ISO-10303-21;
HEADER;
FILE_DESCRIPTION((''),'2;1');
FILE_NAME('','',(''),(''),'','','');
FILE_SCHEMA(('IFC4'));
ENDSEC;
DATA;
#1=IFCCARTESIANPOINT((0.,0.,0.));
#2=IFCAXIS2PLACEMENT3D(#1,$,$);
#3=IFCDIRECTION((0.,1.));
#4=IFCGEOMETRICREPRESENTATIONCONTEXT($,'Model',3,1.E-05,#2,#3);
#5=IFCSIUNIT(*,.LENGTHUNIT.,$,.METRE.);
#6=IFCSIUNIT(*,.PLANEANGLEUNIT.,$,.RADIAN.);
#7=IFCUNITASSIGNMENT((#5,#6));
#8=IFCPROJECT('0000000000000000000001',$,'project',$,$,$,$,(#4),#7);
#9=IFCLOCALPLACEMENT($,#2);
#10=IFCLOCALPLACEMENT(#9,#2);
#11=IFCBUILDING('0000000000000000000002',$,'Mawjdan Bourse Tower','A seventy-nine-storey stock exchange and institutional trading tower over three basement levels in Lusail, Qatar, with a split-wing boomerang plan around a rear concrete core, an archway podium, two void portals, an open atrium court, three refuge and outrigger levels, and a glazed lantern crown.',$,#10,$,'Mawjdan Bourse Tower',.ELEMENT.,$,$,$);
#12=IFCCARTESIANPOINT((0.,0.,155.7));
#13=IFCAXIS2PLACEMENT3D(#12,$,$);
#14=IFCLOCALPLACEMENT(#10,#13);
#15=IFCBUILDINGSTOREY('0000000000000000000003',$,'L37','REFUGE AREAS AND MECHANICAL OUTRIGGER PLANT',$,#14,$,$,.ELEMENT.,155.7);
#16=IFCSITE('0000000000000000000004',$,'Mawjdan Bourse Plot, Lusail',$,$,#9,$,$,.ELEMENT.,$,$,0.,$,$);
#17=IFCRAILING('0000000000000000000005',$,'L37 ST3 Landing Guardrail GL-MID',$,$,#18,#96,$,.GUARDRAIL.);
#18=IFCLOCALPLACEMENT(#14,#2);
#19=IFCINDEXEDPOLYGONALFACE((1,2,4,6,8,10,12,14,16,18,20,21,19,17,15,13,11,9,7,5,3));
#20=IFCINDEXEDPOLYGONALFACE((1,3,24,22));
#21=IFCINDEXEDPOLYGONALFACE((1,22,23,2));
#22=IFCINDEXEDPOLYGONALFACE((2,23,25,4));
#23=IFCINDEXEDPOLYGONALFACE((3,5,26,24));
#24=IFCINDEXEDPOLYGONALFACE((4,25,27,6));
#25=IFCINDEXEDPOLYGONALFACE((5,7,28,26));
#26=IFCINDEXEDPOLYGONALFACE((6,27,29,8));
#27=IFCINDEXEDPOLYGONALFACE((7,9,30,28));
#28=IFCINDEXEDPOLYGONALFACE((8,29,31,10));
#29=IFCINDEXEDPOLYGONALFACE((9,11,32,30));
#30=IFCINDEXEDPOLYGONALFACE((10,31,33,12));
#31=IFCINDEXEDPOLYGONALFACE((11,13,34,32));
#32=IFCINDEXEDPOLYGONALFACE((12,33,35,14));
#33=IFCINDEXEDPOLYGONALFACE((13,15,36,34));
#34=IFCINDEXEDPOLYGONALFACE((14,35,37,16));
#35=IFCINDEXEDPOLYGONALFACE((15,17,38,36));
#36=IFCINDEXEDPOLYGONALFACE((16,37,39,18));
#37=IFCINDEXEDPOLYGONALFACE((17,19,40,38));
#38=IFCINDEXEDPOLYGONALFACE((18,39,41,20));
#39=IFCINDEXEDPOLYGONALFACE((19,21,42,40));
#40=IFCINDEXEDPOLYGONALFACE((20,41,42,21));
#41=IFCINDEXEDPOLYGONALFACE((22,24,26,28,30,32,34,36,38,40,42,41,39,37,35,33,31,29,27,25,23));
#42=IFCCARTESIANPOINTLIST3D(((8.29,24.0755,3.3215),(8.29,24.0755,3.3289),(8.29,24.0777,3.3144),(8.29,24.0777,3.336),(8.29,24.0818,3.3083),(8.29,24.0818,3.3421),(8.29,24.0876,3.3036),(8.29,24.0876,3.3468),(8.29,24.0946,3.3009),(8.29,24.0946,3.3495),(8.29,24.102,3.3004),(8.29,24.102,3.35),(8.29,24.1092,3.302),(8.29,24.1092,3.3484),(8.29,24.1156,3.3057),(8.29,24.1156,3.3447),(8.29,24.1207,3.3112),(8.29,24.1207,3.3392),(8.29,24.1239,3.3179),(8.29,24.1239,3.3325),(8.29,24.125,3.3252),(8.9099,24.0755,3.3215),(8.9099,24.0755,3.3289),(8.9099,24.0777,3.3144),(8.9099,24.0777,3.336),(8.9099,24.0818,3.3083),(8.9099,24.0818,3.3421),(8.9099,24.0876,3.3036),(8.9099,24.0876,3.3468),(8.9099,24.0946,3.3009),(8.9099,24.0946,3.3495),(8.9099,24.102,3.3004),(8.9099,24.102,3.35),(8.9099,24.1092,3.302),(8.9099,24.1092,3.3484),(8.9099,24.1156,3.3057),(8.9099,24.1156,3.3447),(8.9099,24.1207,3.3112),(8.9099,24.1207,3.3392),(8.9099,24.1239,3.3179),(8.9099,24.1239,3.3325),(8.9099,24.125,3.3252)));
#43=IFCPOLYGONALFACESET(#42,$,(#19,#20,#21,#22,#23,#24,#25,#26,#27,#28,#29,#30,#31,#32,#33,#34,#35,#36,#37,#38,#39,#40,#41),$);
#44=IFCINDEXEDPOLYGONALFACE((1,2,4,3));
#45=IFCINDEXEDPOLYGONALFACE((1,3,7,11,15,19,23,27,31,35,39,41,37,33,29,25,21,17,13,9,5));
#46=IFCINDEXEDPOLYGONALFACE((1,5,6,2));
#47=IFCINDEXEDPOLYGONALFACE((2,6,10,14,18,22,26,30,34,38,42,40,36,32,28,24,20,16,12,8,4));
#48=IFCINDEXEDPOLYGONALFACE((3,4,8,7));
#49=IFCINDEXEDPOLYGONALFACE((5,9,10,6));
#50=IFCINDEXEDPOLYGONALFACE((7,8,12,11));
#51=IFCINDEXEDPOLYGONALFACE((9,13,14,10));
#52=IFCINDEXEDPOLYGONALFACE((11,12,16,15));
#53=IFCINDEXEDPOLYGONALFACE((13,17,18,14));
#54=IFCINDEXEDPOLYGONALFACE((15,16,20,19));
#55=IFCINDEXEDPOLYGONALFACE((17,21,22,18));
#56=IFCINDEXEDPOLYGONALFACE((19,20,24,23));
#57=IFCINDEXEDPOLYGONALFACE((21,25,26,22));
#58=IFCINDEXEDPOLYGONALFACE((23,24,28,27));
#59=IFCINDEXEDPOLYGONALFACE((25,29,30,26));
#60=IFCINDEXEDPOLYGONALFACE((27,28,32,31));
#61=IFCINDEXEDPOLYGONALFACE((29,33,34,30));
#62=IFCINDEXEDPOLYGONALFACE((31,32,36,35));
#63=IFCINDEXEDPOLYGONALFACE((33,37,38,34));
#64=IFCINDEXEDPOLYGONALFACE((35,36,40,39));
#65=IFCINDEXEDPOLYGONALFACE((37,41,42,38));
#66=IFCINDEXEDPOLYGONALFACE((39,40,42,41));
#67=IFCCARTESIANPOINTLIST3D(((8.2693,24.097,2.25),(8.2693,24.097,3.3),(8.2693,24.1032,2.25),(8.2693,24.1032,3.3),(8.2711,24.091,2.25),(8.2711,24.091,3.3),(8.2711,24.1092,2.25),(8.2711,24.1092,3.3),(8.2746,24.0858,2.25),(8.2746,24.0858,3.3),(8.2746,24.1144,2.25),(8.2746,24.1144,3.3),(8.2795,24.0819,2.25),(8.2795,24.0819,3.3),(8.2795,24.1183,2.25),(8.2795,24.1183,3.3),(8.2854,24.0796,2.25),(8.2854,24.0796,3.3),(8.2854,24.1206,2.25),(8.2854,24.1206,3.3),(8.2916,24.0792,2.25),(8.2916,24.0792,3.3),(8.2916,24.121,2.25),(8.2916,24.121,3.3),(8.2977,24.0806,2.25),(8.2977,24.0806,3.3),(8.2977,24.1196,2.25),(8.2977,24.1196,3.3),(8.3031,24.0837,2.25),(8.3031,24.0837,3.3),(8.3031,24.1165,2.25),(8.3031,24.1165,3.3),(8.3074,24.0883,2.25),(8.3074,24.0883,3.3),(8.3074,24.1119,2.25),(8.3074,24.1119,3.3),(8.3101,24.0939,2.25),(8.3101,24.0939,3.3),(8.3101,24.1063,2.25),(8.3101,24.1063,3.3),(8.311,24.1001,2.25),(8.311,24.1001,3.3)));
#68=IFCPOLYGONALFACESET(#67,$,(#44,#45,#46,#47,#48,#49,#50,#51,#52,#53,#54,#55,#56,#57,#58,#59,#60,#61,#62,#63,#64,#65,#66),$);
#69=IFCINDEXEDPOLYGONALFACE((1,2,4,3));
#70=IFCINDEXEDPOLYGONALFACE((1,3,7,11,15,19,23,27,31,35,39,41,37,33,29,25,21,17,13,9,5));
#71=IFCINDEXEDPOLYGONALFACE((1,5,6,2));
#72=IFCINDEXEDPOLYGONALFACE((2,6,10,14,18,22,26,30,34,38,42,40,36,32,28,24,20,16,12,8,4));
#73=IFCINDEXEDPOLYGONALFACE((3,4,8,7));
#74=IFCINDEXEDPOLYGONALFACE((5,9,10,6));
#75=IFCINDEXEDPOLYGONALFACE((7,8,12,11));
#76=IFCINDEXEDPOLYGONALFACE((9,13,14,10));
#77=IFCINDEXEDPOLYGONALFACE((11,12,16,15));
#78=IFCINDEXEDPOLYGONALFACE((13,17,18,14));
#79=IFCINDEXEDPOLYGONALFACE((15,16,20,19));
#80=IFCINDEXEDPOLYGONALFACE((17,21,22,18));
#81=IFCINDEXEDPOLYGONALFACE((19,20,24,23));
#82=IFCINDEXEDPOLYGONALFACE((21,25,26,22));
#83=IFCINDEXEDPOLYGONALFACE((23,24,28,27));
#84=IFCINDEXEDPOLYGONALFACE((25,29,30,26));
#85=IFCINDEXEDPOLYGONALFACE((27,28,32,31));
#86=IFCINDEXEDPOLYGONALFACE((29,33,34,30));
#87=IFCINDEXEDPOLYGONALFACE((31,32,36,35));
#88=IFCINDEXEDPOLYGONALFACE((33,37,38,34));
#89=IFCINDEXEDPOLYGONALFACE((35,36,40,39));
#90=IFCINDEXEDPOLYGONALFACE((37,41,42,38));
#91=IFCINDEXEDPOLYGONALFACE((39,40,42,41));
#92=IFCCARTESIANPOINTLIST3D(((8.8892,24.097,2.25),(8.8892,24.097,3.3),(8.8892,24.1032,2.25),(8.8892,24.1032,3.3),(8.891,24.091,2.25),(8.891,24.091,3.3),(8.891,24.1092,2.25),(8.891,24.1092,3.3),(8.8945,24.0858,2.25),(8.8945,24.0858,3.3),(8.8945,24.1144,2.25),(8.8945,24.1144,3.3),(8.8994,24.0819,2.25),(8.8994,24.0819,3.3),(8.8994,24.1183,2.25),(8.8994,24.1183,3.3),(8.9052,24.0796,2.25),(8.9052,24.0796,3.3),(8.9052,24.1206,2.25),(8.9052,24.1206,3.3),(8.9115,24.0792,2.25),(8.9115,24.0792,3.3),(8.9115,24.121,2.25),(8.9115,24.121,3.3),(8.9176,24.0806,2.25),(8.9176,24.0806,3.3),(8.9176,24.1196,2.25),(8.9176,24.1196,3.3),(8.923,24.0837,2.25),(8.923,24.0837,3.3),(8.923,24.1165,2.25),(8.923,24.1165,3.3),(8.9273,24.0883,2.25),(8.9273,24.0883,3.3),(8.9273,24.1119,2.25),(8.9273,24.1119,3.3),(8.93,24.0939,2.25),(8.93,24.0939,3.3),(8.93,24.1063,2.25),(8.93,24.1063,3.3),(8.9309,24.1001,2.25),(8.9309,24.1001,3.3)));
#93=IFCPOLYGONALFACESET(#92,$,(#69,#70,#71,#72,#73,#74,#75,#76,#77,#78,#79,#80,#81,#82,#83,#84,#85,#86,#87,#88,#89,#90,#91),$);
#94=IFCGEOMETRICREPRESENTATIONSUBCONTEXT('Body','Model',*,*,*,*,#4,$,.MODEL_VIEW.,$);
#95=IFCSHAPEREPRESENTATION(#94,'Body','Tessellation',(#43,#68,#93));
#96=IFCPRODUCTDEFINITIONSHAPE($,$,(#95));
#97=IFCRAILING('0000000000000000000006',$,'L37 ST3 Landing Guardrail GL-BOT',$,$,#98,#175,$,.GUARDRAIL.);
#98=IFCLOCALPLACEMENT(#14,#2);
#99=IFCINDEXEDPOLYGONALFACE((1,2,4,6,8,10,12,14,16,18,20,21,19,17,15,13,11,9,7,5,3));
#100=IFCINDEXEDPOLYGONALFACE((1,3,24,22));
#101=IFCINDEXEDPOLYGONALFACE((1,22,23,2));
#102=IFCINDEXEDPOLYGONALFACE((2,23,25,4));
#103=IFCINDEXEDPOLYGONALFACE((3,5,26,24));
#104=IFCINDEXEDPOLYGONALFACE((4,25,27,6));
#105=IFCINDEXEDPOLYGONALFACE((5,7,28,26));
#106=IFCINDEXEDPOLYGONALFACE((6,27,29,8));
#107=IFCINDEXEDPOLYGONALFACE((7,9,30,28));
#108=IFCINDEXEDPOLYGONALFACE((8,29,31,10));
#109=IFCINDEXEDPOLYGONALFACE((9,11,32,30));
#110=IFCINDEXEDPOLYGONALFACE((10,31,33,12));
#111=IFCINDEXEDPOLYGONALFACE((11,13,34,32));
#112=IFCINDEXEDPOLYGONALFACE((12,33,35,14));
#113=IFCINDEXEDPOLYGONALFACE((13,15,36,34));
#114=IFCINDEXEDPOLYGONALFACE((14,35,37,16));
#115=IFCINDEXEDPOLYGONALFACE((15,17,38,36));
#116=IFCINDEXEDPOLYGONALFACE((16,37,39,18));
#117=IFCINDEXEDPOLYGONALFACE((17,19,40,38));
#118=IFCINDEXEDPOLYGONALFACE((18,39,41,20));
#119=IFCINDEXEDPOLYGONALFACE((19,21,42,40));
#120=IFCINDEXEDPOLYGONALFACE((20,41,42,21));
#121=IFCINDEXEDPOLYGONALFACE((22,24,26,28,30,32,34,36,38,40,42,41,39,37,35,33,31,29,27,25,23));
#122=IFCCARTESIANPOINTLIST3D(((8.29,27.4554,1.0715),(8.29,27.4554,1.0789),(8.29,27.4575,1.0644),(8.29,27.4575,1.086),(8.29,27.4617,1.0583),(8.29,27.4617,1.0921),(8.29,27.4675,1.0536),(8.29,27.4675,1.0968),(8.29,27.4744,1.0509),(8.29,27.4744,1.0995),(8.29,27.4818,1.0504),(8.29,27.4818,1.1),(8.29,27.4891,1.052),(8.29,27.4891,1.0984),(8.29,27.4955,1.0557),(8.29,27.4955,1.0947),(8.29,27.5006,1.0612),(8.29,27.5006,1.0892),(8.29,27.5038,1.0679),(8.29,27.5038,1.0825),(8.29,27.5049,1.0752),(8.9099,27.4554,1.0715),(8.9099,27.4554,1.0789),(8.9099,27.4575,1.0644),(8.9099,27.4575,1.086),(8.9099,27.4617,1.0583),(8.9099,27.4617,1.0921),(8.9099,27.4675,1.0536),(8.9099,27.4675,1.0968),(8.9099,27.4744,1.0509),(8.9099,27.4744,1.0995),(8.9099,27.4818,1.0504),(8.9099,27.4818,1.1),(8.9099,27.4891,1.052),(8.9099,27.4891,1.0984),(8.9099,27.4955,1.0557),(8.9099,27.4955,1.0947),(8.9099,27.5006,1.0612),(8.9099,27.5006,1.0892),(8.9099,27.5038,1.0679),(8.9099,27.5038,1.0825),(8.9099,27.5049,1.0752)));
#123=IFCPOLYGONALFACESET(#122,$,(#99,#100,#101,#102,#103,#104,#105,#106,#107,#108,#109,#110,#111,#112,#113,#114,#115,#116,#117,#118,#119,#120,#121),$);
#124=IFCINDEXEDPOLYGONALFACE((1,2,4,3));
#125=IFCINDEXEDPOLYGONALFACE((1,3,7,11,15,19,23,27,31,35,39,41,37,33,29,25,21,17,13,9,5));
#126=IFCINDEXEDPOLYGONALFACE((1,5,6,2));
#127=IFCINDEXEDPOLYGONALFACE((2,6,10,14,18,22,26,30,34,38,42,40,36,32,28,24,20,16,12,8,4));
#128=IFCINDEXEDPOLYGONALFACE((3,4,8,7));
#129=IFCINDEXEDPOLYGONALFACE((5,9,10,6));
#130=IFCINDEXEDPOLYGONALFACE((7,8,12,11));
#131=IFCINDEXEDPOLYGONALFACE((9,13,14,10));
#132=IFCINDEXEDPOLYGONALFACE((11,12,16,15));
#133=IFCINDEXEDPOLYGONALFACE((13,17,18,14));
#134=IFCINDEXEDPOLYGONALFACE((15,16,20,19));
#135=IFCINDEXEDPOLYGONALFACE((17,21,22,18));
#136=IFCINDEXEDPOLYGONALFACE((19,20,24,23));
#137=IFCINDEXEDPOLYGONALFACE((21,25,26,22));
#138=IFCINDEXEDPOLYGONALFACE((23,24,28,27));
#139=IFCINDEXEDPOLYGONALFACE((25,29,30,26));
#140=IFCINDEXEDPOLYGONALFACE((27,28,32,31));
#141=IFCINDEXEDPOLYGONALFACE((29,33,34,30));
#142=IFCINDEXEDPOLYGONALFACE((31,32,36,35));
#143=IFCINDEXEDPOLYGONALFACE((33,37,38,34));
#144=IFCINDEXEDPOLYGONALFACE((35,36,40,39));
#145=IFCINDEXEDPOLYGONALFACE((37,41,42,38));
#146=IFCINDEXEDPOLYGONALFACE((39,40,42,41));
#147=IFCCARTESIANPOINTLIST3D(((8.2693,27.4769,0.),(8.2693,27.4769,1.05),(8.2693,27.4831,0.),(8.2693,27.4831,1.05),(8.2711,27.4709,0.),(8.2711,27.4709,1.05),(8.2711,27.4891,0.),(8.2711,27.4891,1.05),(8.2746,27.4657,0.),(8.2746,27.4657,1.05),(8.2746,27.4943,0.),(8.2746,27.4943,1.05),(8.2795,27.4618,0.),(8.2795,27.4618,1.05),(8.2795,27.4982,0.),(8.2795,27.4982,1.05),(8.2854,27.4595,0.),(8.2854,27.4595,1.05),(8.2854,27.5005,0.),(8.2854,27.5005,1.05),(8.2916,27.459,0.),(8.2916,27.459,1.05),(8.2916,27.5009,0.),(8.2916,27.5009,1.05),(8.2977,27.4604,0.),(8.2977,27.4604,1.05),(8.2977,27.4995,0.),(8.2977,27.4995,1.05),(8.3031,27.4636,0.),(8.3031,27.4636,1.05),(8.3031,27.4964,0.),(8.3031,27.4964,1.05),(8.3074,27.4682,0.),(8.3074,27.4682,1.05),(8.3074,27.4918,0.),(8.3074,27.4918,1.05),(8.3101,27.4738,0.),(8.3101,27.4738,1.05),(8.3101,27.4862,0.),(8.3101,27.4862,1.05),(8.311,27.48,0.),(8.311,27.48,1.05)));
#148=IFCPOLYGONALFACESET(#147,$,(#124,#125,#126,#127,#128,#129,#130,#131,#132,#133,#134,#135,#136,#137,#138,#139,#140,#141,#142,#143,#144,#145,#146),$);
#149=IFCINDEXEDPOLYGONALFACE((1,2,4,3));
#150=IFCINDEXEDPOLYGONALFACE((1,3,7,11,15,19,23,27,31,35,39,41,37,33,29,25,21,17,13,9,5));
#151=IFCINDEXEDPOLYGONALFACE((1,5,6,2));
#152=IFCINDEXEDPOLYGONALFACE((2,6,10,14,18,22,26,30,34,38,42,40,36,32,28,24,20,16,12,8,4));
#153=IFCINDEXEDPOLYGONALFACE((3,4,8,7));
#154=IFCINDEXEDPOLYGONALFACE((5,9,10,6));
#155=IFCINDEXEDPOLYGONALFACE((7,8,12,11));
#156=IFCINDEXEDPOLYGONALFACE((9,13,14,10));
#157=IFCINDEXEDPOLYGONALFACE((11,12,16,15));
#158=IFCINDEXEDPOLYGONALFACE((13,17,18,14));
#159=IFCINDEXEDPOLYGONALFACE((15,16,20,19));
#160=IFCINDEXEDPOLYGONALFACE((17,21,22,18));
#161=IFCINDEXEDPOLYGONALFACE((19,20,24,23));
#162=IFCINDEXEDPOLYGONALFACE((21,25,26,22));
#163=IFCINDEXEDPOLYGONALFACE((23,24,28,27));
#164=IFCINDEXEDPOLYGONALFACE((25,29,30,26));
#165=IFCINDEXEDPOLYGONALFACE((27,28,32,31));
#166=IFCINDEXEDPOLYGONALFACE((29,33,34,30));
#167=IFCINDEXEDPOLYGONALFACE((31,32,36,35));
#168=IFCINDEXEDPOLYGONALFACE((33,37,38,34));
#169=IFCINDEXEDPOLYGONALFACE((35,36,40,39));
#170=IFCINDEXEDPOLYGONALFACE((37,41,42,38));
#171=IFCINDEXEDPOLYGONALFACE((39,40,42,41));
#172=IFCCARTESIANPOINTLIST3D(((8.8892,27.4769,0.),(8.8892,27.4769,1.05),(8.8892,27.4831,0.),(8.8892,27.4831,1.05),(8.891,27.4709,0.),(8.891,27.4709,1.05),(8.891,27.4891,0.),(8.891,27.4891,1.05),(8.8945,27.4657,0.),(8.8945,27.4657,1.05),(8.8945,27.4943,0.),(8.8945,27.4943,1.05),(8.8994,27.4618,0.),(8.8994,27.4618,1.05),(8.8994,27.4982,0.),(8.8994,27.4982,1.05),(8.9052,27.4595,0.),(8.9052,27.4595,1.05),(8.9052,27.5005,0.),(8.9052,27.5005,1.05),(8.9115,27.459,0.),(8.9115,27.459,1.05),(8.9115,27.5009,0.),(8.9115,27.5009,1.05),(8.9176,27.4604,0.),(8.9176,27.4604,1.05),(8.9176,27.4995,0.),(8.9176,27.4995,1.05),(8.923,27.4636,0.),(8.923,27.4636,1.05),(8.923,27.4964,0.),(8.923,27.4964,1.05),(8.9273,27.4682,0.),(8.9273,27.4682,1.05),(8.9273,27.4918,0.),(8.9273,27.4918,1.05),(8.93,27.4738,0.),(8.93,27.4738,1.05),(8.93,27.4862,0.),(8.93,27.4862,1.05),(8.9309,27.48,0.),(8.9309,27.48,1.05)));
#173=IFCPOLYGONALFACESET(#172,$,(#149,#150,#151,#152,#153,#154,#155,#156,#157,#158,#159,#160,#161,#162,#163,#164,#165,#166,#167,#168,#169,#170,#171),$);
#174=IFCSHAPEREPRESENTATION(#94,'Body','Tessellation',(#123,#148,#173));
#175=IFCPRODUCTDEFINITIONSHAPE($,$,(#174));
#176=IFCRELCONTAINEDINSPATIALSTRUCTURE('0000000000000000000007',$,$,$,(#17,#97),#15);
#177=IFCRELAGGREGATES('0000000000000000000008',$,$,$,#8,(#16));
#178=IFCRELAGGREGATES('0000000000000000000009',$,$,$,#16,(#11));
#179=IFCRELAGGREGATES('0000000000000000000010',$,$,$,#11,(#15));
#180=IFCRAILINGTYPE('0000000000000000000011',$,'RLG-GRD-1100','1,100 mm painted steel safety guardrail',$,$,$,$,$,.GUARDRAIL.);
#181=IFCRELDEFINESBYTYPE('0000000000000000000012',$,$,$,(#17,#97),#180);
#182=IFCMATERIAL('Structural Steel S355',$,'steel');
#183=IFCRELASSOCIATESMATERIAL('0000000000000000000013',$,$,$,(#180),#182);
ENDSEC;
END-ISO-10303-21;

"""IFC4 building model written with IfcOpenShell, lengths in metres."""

from ifc_helpers import new_model, si_unit, direction, frame, origin, origin_2d, place, context, subcontext, project, spatial, circle, extrude, material, type_object, element, save


model = new_model("IFC4")

# Units and contexts
model_context = context("Model", 3, precision=1e-05, world=origin(), true_north=direction((0.0, 1.0)))
body_context = subcontext(model_context, "Body", "Model", "MODEL_VIEW")
ifc_project = project(units=[si_unit("LENGTHUNIT", "METRE"), si_unit("PLANEANGLEUNIT", "RADIAN")], contexts=[model_context])

# Site, building, storey
site_placement = place(None, origin())
site = spatial("IfcSite", under=ifc_project, at=site_placement, Name="Mawjdan Bourse Plot, Lusail", CompositionType="ELEMENT", RefElevation=0.0)
building_placement = place(site_placement, origin())
building = spatial("IfcBuilding", under=site, at=building_placement, Name="Mawjdan Bourse Tower", Description="A seventy-nine-storey stock exchange and institutional trading tower over three basement levels in Lusail, Qatar, with a split-wing boomerang plan around a rear concrete core, an archway podium, two void portals, an open atrium court, three refuge and outrigger levels, and a glazed lantern crown.", LongName="Mawjdan Bourse Tower", CompositionType="ELEMENT")
storey_placement = place(building_placement, frame((0.0, 0.0, 155.7)))
storey = spatial("IfcBuildingStorey", under=building, at=storey_placement, Name="L37", Description="REFUGE AREAS AND MECHANICAL OUTRIGGER PLANT", CompositionType="ELEMENT", Elevation=155.7)

# Shared definitions
ifc_material_1 = material(Name="Structural Steel S355", Category="steel")

# Railings
railing_type_1 = type_object("IfcRailingType", Name="RLG-GRD-1100", Description="1,100 mm painted steel safety guardrail", PredefinedType="GUARDRAIL", material=ifc_material_1)
for number, where, name in (
    (1, (8.29, 24.1001, 2.25), "L37 ST3 Landing Guardrail GL-MID"),
    (2, (8.29, 27.48, 0.0), "L37 ST3 Landing Guardrail GL-BOT"),
):
    element("IfcRailing", number, at=place(storey_placement, frame(where)), inside=storey, type_object=railing_type_1, Name=name, PredefinedType="GUARDRAIL", context=body_context, shape_type="SweptSolid", body=[
        extrude(circle(Radius=0.0249, at=origin_2d()), frame((0.0, 0.0, 1.0752), z_axis=(1.0, 0.0, 0.0), x_axis=(0.0, 1.0, 0.0)), (0.0, 0.0, 1.0), 0.6199),
        extrude(circle(Radius=0.021, at=origin_2d()), origin(), (0.0, 0.0, 1.0), 1.05),
        extrude(circle(Radius=0.021, at=origin_2d()), frame((0.6199, 0.0, 0.0)), (0.0, 0.0, 1.0), 1.05),
    ])

save(model, "model.ifc")
